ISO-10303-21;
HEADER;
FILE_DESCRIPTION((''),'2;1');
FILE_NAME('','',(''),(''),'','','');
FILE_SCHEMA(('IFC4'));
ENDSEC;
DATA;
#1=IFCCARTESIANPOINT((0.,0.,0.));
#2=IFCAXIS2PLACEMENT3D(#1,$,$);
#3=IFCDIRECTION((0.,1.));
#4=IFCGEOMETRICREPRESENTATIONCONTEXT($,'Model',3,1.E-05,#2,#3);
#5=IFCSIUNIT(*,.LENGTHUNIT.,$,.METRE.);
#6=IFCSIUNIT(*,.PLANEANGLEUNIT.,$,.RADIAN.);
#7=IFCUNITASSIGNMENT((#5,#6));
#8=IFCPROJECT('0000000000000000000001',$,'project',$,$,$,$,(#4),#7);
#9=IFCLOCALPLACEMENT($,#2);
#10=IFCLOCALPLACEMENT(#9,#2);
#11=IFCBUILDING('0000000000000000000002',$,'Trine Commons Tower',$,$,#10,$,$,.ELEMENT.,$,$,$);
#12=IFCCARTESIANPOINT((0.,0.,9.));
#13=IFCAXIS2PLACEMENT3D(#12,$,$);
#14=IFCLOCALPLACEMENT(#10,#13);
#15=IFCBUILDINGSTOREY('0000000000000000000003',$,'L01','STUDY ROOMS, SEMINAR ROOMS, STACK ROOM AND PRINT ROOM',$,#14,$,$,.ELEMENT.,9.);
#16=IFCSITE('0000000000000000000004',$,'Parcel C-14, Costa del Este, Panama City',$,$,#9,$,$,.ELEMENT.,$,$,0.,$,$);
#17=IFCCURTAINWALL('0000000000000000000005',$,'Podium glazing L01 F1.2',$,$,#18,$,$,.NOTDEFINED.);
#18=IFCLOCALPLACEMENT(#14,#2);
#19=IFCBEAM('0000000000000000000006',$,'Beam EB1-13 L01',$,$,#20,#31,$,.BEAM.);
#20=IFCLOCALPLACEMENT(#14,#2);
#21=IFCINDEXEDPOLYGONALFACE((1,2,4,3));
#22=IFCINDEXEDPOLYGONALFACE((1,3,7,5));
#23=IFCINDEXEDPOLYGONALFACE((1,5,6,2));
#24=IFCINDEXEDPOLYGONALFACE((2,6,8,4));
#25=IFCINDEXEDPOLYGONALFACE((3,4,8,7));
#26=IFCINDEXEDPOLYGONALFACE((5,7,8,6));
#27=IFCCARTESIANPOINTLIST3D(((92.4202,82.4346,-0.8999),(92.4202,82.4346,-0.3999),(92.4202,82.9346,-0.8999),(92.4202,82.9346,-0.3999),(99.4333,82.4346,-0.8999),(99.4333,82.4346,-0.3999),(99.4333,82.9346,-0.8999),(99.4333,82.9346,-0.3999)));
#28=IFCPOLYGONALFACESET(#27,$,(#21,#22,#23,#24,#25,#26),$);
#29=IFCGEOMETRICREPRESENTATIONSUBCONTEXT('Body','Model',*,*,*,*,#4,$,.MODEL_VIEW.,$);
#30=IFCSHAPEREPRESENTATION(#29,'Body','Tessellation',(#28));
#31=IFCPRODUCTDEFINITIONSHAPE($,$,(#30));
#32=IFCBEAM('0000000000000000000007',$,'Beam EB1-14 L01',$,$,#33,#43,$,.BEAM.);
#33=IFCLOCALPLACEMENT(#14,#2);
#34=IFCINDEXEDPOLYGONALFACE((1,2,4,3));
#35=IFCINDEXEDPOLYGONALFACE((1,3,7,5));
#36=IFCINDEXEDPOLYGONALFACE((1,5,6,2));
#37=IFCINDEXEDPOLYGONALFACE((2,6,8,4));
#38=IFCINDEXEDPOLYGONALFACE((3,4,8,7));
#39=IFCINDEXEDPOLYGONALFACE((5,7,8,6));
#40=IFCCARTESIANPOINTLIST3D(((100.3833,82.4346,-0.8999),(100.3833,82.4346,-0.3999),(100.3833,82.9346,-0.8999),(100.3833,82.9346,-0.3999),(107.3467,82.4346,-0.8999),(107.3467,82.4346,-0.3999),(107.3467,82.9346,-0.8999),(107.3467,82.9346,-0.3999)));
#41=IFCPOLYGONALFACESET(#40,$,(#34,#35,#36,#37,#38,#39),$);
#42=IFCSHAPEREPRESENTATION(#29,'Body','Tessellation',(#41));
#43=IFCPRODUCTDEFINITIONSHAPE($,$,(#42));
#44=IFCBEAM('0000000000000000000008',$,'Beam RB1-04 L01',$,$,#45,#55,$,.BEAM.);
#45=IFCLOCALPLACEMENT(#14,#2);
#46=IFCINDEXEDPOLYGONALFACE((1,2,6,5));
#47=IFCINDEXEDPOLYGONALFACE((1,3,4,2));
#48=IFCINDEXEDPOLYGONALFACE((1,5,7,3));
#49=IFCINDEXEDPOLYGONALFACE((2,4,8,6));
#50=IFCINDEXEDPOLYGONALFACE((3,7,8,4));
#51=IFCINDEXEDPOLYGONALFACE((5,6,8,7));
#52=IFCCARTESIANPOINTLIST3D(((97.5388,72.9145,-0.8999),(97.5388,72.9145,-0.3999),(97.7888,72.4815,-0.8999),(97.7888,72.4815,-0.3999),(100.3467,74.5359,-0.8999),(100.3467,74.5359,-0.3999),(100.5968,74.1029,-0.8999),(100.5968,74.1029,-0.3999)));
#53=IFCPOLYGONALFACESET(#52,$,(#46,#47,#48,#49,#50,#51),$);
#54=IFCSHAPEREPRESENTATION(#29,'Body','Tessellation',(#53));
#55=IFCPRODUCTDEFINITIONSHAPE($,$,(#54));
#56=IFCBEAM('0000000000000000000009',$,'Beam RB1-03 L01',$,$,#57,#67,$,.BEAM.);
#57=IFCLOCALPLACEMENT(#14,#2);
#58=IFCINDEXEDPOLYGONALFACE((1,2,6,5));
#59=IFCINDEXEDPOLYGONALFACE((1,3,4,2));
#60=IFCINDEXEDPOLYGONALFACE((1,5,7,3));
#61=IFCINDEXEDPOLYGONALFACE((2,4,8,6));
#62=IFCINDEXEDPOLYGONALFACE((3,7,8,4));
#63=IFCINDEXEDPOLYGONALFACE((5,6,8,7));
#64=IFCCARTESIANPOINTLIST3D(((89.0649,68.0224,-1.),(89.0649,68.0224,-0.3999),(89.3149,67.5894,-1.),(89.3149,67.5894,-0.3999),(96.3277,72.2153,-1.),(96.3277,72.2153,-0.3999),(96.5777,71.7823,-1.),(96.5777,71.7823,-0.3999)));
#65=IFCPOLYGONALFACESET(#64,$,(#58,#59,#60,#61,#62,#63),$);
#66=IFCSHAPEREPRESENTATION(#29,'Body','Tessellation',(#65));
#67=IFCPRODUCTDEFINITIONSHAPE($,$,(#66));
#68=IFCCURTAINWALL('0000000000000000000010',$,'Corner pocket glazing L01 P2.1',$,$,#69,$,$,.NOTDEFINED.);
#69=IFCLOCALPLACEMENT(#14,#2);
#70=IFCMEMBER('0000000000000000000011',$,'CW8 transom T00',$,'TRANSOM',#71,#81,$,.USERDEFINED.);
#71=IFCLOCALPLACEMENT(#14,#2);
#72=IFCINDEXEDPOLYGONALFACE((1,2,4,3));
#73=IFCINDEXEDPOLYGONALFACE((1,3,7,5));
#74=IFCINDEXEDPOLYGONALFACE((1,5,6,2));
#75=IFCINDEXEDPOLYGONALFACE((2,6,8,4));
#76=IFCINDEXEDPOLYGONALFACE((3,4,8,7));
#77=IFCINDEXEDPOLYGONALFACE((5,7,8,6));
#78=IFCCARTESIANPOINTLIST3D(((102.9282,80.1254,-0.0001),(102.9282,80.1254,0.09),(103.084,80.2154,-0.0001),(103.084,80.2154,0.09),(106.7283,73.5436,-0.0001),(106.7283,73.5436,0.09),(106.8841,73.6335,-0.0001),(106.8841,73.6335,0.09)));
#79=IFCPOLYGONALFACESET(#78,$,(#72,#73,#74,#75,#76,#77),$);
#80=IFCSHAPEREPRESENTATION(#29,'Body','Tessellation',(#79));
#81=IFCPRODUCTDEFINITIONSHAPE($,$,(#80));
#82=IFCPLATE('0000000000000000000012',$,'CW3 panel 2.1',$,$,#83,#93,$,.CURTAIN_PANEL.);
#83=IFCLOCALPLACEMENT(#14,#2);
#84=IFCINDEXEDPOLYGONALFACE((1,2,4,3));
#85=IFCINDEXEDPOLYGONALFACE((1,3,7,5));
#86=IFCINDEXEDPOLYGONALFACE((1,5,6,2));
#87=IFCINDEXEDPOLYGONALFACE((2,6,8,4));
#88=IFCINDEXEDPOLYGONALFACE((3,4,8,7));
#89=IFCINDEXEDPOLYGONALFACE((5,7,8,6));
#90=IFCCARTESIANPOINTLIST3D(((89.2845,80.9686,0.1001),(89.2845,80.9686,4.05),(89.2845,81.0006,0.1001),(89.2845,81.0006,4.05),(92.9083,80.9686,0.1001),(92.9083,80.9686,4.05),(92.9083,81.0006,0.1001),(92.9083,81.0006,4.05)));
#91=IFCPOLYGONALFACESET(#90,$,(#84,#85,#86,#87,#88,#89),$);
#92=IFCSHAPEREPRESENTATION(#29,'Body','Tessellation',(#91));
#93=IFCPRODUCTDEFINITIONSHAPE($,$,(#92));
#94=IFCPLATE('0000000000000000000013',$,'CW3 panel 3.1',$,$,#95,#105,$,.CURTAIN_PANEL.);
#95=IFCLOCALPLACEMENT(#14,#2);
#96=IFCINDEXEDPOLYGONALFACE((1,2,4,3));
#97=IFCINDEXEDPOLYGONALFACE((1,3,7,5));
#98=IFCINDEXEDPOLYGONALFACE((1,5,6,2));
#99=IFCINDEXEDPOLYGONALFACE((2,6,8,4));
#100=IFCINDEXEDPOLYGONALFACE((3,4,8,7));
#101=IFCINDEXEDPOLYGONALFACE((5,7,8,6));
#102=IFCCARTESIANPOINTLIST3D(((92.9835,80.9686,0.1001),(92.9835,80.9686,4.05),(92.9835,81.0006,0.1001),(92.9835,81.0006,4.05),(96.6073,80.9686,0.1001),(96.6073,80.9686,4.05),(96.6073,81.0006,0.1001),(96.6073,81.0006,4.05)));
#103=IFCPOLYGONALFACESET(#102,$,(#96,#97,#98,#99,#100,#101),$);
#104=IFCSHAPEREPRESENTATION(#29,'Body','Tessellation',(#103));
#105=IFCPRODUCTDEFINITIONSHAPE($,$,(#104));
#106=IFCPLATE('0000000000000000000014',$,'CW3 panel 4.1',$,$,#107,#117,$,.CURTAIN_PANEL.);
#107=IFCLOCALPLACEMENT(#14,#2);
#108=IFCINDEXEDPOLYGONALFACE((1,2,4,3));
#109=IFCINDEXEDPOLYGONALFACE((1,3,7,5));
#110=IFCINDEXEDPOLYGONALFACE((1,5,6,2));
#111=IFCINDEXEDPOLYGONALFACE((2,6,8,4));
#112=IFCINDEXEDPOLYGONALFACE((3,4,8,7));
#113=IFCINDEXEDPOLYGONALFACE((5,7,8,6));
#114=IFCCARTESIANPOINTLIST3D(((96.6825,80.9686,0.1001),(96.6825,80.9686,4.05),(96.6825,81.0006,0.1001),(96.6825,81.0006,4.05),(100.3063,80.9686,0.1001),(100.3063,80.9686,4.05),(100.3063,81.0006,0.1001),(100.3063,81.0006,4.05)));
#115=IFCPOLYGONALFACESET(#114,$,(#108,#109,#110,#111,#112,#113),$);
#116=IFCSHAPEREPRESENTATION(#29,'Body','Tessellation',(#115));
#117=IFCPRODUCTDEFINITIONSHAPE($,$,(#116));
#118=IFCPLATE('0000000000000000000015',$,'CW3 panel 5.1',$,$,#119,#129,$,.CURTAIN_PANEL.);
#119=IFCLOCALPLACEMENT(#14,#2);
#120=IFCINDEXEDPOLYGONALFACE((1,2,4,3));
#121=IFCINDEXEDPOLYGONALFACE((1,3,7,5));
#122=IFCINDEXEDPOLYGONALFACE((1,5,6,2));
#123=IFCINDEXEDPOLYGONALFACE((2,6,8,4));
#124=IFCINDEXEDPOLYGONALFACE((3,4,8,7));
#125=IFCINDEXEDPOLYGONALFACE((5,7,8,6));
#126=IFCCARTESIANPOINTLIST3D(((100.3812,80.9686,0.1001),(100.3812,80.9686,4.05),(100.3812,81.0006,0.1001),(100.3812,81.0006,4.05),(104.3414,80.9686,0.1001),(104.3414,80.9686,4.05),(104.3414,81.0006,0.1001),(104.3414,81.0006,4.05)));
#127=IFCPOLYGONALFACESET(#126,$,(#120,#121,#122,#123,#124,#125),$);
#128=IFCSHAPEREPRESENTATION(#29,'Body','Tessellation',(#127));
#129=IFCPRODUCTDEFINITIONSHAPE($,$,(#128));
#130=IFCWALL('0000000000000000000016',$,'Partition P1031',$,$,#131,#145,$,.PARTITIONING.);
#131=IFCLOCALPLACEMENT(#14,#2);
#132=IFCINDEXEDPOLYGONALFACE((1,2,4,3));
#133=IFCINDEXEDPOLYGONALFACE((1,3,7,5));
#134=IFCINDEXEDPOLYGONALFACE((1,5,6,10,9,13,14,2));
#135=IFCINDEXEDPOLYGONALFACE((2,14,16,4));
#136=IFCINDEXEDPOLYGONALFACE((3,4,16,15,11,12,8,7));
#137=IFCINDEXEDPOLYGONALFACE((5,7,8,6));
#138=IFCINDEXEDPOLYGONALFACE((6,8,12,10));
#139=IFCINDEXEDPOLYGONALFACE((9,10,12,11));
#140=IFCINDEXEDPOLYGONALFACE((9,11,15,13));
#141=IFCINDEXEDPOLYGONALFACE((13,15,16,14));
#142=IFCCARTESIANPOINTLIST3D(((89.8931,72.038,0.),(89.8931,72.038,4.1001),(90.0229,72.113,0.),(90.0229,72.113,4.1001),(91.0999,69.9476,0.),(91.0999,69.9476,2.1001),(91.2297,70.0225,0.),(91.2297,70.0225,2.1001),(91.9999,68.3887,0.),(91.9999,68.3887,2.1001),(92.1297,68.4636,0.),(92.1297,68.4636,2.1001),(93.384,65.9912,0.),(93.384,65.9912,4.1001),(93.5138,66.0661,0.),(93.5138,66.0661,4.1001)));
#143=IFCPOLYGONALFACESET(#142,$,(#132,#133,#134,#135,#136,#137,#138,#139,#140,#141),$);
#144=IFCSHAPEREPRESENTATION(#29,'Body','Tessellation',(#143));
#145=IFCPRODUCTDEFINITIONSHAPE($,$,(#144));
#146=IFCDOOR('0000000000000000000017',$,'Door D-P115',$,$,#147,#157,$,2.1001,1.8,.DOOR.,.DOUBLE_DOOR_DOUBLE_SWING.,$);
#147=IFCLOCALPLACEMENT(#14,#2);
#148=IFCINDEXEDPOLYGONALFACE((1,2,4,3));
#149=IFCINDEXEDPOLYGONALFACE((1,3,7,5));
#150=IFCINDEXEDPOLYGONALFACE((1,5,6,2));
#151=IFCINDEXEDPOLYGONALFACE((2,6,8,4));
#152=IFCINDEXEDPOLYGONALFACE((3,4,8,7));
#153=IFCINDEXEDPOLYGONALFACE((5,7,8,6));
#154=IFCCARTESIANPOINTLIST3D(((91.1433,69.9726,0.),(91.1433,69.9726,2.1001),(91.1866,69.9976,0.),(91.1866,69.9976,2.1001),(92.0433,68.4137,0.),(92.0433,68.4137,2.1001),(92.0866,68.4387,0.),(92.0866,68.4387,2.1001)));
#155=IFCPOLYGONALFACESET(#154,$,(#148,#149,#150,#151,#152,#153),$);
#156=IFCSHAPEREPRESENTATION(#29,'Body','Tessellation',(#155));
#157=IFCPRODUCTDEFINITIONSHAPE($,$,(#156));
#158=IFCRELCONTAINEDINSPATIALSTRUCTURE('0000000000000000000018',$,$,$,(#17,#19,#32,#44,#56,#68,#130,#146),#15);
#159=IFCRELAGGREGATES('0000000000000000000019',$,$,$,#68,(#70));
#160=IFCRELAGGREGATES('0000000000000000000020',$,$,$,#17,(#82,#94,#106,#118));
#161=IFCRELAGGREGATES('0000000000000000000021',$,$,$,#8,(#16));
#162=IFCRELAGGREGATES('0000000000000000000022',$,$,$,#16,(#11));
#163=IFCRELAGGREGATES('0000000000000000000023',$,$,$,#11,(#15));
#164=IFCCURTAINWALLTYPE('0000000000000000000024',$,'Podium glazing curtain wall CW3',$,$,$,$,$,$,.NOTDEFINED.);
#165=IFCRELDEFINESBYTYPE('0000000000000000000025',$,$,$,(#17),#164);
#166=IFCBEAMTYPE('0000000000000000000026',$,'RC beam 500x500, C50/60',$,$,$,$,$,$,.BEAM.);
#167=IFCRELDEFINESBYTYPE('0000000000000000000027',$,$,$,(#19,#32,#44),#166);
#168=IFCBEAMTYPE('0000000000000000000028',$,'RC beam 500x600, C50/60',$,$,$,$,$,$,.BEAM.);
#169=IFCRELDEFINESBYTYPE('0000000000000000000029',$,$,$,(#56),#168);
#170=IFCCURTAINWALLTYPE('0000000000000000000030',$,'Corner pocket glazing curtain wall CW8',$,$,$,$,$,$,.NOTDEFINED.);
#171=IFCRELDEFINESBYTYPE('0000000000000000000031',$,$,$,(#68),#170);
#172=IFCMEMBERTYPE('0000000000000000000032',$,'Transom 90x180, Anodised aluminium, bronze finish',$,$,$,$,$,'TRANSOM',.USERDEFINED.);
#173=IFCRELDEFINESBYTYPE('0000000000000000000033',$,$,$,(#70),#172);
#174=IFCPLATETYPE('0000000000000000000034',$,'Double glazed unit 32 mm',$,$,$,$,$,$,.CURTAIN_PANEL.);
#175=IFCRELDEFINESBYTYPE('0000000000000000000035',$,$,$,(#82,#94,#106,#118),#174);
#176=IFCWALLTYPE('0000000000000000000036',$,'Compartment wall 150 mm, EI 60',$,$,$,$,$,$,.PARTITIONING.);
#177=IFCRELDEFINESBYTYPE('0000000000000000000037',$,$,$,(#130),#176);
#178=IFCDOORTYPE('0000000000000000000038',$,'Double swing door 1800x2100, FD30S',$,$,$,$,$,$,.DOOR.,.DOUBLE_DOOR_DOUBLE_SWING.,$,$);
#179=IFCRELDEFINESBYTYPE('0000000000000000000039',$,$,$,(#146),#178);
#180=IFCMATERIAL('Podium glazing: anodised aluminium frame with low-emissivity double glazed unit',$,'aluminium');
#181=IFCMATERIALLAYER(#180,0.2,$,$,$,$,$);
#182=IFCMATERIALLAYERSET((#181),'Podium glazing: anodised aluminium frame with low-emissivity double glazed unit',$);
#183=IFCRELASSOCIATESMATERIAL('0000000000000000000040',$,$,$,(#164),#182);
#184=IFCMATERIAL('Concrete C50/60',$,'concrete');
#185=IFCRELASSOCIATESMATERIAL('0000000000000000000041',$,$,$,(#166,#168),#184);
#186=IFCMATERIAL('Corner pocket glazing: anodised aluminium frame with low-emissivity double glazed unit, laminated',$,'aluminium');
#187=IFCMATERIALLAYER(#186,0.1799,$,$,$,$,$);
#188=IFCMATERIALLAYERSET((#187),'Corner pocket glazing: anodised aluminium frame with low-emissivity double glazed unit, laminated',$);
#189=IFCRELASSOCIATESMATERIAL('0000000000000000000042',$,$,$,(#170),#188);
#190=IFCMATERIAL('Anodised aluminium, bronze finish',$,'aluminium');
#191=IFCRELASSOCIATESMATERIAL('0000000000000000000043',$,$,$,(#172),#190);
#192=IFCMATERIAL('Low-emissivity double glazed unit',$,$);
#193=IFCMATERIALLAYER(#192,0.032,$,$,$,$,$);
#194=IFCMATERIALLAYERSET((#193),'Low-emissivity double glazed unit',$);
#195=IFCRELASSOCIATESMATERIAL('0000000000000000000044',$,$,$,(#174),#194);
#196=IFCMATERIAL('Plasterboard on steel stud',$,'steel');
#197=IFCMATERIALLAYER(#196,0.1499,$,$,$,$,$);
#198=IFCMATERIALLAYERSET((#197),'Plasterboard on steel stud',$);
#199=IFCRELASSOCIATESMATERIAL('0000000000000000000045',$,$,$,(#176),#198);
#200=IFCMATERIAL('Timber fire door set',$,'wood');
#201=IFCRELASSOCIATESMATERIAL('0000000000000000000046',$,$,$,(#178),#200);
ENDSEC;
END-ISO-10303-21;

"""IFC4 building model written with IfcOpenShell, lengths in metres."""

from ifc_helpers import new_model, si_unit, direction, frame, frame_2d, origin, origin_2d, place, context, subcontext, project, spatial, rectangle, extrude, material, layer, layer_set, material_profile, profile_set, type_object, element, fill, aggregate, save


model = new_model("IFC4")

# Units and contexts
model_context = context("Model", 3, precision=1e-05, world=origin(), true_north=direction((0.0, 1.0)))
body_context = subcontext(model_context, "Body", "Model", "MODEL_VIEW")
ifc_project = project(units=[si_unit("LENGTHUNIT", "METRE"), si_unit("PLANEANGLEUNIT", "RADIAN")], contexts=[model_context])

# Site, building, storey
site_placement = place(None, origin())
site = spatial("IfcSite", under=ifc_project, at=site_placement, Name="Parcel C-14, Costa del Este, Panama City", CompositionType="ELEMENT", RefElevation=0.0)
building_placement = place(site_placement, origin())
building = spatial("IfcBuilding", under=site, at=building_placement, Name="Trine Commons Tower", CompositionType="ELEMENT")
storey_placement = place(building_placement, frame((0.0, 0.0, 9.0)))
storey = spatial("IfcBuildingStorey", under=building, at=storey_placement, Name="L01", Description="STUDY ROOMS, SEMINAR ROOMS, STACK ROOM AND PRINT ROOM", CompositionType="ELEMENT", Elevation=9.0)

# Curtain wall
ifc_material_1 = material(Name="Podium glazing: anodised aluminium frame with low-emissivity double glazed unit", Category="aluminium")
ifc_layer_1 = layer(ifc_material_1, 0.2)
ifc_layer_set_1 = layer_set([ifc_layer_1], Name="Podium glazing: anodised aluminium frame with low-emissivity double glazed unit")
curtain_wall_type_1 = type_object("IfcCurtainWallType", Name="Podium glazing curtain wall CW3", PredefinedType="NOTDEFINED", material=ifc_layer_set_1)
curtain_wall_1_placement = place(storey_placement, origin())
curtain_wall_1 = element("IfcCurtainWall", 1, at=curtain_wall_1_placement, inside=storey, type_object=curtain_wall_type_1, Name="Podium glazing L01 F1.2", PredefinedType="NOTDEFINED")
ifc_material_2 = material(Name="Anodised aluminium, bronze finish", Category="aluminium")

# Beams
ifc_material_3 = material(Name="Concrete C50/60", Category="concrete")
ifc_material_profile_1 = material_profile(ifc_material_3, rectangle(XDim=0.5, YDim=0.5, at=origin_2d()), Name="RC 500x500")
ifc_profile_set_1 = profile_set([ifc_material_profile_1], Name="Concrete C50/60")
beam_type_1 = type_object("IfcBeamType", Name="RC beam 500x500, C50/60", PredefinedType="BEAM", material=ifc_profile_set_1)
beam_1_placement = place(storey_placement, frame((92.4202, 82.6846, -0.6499), z_axis=(1.0, 0.0, 0.0), x_axis=(0.0, 1.0, 0.0)))
element("IfcBeam", 2, at=beam_1_placement, inside=storey, type_object=beam_type_1, Name="Beam EB1-13 L01", PredefinedType="BEAM", context=body_context, shape_type="SweptSolid", body=[
    extrude(rectangle(XDim=0.5, YDim=0.5, at=origin_2d()), origin(), (0.0, 0.0, 1.0), 7.0132),
])
beam_2_placement = place(storey_placement, frame((100.3833, 82.6846, -0.6499), z_axis=(1.0, 0.0, 0.0), x_axis=(0.0, 1.0, 0.0)))
element("IfcBeam", 3, at=beam_2_placement, inside=storey, type_object=beam_type_1, Name="Beam EB1-14 L01", PredefinedType="BEAM", context=body_context, shape_type="SweptSolid", body=[
    extrude(rectangle(XDim=0.5, YDim=0.5, at=origin_2d()), origin(), (0.0, 0.0, 1.0), 6.9634),
])
beam_3_placement = place(storey_placement, frame((97.6638, 72.698, -0.6499), z_axis=(0.865996, 0.500051, 0.0), x_axis=(-0.500051, 0.865996, 0.0)))
element("IfcBeam", 4, at=beam_3_placement, inside=storey, type_object=beam_type_1, Name="Beam RB1-04 L01", PredefinedType="BEAM", context=body_context, shape_type="SweptSolid", body=[
    extrude(rectangle(XDim=0.5, YDim=0.5, at=origin_2d()), origin(), (0.0, 0.0, 1.0), 3.2424),
])
ifc_material_profile_2 = material_profile(ifc_material_3, rectangle(XDim=0.5, YDim=0.6001, at=origin_2d()), Name="RC 500x600")
ifc_profile_set_2 = profile_set([ifc_material_profile_2], Name="Concrete C50/60")
beam_type_2 = type_object("IfcBeamType", Name="RC beam 500x600, C50/60", PredefinedType="BEAM", material=ifc_profile_set_2)
beam_4_placement = place(storey_placement, frame((89.1899, 67.8059, -0.7), z_axis=(0.866038, 0.499978, 0.0), x_axis=(-0.499978, 0.866038, 0.0)))
element("IfcBeam", 5, at=beam_4_placement, inside=storey, type_object=beam_type_2, Name="Beam RB1-03 L01", PredefinedType="BEAM", context=body_context, shape_type="SweptSolid", body=[
    extrude(rectangle(XDim=0.5, YDim=0.6001, at=origin_2d()), origin(), (0.0, 0.0, 1.0), 8.3862),
])

# Curtain wall, member
ifc_material_4 = material(Name="Corner pocket glazing: anodised aluminium frame with low-emissivity double glazed unit, laminated", Category="aluminium")
ifc_layer_2 = layer(ifc_material_4, 0.1799)
ifc_layer_set_2 = layer_set([ifc_layer_2], Name="Corner pocket glazing: anodised aluminium frame with low-emissivity double glazed unit, laminated")
curtain_wall_type_2 = type_object("IfcCurtainWallType", Name="Corner pocket glazing curtain wall CW8", PredefinedType="NOTDEFINED", material=ifc_layer_set_2)
curtain_wall_2_placement = place(storey_placement, origin())
curtain_wall_2 = element("IfcCurtainWall", 6, at=curtain_wall_2_placement, inside=storey, type_object=curtain_wall_type_2, Name="Corner pocket glazing L01 P2.1", PredefinedType="NOTDEFINED")
ifc_material_profile_3 = material_profile(ifc_material_2, rectangle(XDim=0.1799, YDim=0.0901, at=origin_2d()), Name="Transom 90x180")
ifc_profile_set_3 = profile_set([ifc_material_profile_3], Name="Anodised aluminium, bronze finish")
member_type_1 = type_object("IfcMemberType", Name="Transom 90x180, Anodised aluminium, bronze finish", ElementType="TRANSOM", PredefinedType="USERDEFINED", material=ifc_profile_set_3)
member_1_placement = place(storey_placement, frame((103.0061, 80.1704, 0.0449), z_axis=(0.500005, -0.866022, 0.0), x_axis=(0.866022, 0.500005, 0.0)))
member_1 = element("IfcMember", 7, at=member_1_placement, type_object=member_type_1, Name="CW8 transom T00", ObjectType="TRANSOM", PredefinedType="USERDEFINED", context=body_context, shape_type="SweptSolid", body=[
    extrude(rectangle(XDim=0.1799, YDim=0.0901, at=origin_2d()), origin(), (0.0, 0.0, 1.0), 7.6001),
])
aggregate(curtain_wall_2, [member_1])

# Plates
ifc_material_5 = material(Name="Low-emissivity double glazed unit")
ifc_layer_3 = layer(ifc_material_5, 0.032)
ifc_layer_set_3 = layer_set([ifc_layer_3], Name="Low-emissivity double glazed unit")
plate_type = type_object("IfcPlateType", Name="Double glazed unit 32 mm", PredefinedType="CURTAIN_PANEL", material=ifc_layer_set_3)
plate_1_placement = place(storey_placement, frame((91.0964, 80.9846, 0.1001), z_axis=(0.0, 0.0, 1.0), x_axis=(1.0, 0.0, 0.0)))
plate_1 = element("IfcPlate", 8, at=plate_1_placement, type_object=plate_type, Name="CW3 panel 2.1", PredefinedType="CURTAIN_PANEL", context=body_context, shape_type="SweptSolid", body=[
    extrude(rectangle(XDim=3.6238, YDim=0.032, at=origin_2d()), origin(), (0.0, 0.0, 1.0), 3.95),
])
plate_2_placement = place(storey_placement, frame((94.7954, 80.9846, 0.1001), z_axis=(0.0, 0.0, 1.0), x_axis=(1.0, 0.0, 0.0)))
plate_2 = element("IfcPlate", 9, at=plate_2_placement, type_object=plate_type, Name="CW3 panel 3.1", PredefinedType="CURTAIN_PANEL", context=body_context, shape_type="SweptSolid", body=[
    extrude(rectangle(XDim=3.6238, YDim=0.032, at=origin_2d()), origin(), (0.0, 0.0, 1.0), 3.95),
])
plate_3_placement = place(storey_placement, frame((98.4944, 80.9846, 0.1001), z_axis=(0.0, 0.0, 1.0), x_axis=(1.0, 0.0, 0.0)))
plate_3 = element("IfcPlate", 10, at=plate_3_placement, type_object=plate_type, Name="CW3 panel 4.1", PredefinedType="CURTAIN_PANEL", context=body_context, shape_type="SweptSolid", body=[
    extrude(rectangle(XDim=3.6238, YDim=0.032, at=origin_2d()), origin(), (0.0, 0.0, 1.0), 3.95),
])
plate_4_placement = place(storey_placement, frame((102.3613, 80.9846, 0.1001), z_axis=(0.0, 0.0, 1.0), x_axis=(1.0, 0.0, 0.0)))
plate_4 = element("IfcPlate", 11, at=plate_4_placement, type_object=plate_type, Name="CW3 panel 5.1", PredefinedType="CURTAIN_PANEL", context=body_context, shape_type="SweptSolid", body=[
    extrude(rectangle(XDim=3.9602, YDim=0.032, at=origin_2d()), origin(), (0.0, 0.0, 1.0), 3.95),
])
aggregate(curtain_wall_1, [plate_1, plate_2, plate_3, plate_4])

# Wall, opening, door
ifc_material_6 = material(Name="Plasterboard on steel stud", Category="steel")
ifc_layer_4 = layer(ifc_material_6, 0.1499)
ifc_layer_set_4 = layer_set([ifc_layer_4], Name="Plasterboard on steel stud")
wall_type_1 = type_object("IfcWallType", Name="Compartment wall 150 mm, EI 60", PredefinedType="PARTITIONING", material=ifc_layer_set_4)
wall_1_placement = place(storey_placement, frame((93.449, 66.0286, 0.0), z_axis=(0.0, 0.0, 1.0), x_axis=(-0.499979, 0.866038, 0.0)))
wall_1 = element("IfcWall", 12, at=wall_1_placement, inside=storey, type_object=wall_type_1, Name="Partition P1031", PredefinedType="PARTITIONING", context=body_context, shape_type="SweptSolid", body=[
    extrude(rectangle(XDim=6.9822, YDim=0.1499, at=frame_2d((3.4912, 0.0))), origin(), (0.0, 0.0, 1.0), 4.1001),
])
opening_1_placement = place(wall_1_placement, frame((2.7686, 0.0, 0.0)))
opening_1 = element("IfcOpeningElement", 13, at=opening_1_placement, cuts=wall_1, PredefinedType="OPENING", context=body_context, shape_type="SweptSolid", body=[
    extrude(rectangle(XDim=1.8, YDim=2.1001, at=frame_2d((0.8999, 1.05))), frame((0.0, 0.085, 0.0), z_axis=(0.0, -1.0, 0.0), x_axis=(1.0, 0.0, 0.0)), (0.0, 0.0, 1.0), 0.1699),
])
ifc_material_7 = material(Name="Timber fire door set", Category="wood")
door_type_1 = type_object("IfcDoorType", Name="Double swing door 1800x2100, FD30S", OperationType="DOUBLE_DOOR_DOUBLE_SWING", PredefinedType="DOOR", material=ifc_material_7)
door_1_placement = place(opening_1_placement, origin())
door_1 = element("IfcDoor", 14, at=door_1_placement, inside=storey, type_object=door_type_1, Name="Door D-P115", OperationType="DOUBLE_DOOR_DOUBLE_SWING", OverallHeight=2.1001, OverallWidth=1.8, PredefinedType="DOOR", context=body_context, shape_type="SweptSolid", body=[
    extrude(rectangle(XDim=1.8, YDim=2.1001, at=frame_2d((0.8999, 1.05))), frame((0.0, 0.0249, 0.0), z_axis=(0.0, -1.0, 0.0), x_axis=(1.0, 0.0, 0.0)), (0.0, 0.0, 1.0), 0.05),
])
fill(opening_1, door_1)

save(model, "model.ifc")
